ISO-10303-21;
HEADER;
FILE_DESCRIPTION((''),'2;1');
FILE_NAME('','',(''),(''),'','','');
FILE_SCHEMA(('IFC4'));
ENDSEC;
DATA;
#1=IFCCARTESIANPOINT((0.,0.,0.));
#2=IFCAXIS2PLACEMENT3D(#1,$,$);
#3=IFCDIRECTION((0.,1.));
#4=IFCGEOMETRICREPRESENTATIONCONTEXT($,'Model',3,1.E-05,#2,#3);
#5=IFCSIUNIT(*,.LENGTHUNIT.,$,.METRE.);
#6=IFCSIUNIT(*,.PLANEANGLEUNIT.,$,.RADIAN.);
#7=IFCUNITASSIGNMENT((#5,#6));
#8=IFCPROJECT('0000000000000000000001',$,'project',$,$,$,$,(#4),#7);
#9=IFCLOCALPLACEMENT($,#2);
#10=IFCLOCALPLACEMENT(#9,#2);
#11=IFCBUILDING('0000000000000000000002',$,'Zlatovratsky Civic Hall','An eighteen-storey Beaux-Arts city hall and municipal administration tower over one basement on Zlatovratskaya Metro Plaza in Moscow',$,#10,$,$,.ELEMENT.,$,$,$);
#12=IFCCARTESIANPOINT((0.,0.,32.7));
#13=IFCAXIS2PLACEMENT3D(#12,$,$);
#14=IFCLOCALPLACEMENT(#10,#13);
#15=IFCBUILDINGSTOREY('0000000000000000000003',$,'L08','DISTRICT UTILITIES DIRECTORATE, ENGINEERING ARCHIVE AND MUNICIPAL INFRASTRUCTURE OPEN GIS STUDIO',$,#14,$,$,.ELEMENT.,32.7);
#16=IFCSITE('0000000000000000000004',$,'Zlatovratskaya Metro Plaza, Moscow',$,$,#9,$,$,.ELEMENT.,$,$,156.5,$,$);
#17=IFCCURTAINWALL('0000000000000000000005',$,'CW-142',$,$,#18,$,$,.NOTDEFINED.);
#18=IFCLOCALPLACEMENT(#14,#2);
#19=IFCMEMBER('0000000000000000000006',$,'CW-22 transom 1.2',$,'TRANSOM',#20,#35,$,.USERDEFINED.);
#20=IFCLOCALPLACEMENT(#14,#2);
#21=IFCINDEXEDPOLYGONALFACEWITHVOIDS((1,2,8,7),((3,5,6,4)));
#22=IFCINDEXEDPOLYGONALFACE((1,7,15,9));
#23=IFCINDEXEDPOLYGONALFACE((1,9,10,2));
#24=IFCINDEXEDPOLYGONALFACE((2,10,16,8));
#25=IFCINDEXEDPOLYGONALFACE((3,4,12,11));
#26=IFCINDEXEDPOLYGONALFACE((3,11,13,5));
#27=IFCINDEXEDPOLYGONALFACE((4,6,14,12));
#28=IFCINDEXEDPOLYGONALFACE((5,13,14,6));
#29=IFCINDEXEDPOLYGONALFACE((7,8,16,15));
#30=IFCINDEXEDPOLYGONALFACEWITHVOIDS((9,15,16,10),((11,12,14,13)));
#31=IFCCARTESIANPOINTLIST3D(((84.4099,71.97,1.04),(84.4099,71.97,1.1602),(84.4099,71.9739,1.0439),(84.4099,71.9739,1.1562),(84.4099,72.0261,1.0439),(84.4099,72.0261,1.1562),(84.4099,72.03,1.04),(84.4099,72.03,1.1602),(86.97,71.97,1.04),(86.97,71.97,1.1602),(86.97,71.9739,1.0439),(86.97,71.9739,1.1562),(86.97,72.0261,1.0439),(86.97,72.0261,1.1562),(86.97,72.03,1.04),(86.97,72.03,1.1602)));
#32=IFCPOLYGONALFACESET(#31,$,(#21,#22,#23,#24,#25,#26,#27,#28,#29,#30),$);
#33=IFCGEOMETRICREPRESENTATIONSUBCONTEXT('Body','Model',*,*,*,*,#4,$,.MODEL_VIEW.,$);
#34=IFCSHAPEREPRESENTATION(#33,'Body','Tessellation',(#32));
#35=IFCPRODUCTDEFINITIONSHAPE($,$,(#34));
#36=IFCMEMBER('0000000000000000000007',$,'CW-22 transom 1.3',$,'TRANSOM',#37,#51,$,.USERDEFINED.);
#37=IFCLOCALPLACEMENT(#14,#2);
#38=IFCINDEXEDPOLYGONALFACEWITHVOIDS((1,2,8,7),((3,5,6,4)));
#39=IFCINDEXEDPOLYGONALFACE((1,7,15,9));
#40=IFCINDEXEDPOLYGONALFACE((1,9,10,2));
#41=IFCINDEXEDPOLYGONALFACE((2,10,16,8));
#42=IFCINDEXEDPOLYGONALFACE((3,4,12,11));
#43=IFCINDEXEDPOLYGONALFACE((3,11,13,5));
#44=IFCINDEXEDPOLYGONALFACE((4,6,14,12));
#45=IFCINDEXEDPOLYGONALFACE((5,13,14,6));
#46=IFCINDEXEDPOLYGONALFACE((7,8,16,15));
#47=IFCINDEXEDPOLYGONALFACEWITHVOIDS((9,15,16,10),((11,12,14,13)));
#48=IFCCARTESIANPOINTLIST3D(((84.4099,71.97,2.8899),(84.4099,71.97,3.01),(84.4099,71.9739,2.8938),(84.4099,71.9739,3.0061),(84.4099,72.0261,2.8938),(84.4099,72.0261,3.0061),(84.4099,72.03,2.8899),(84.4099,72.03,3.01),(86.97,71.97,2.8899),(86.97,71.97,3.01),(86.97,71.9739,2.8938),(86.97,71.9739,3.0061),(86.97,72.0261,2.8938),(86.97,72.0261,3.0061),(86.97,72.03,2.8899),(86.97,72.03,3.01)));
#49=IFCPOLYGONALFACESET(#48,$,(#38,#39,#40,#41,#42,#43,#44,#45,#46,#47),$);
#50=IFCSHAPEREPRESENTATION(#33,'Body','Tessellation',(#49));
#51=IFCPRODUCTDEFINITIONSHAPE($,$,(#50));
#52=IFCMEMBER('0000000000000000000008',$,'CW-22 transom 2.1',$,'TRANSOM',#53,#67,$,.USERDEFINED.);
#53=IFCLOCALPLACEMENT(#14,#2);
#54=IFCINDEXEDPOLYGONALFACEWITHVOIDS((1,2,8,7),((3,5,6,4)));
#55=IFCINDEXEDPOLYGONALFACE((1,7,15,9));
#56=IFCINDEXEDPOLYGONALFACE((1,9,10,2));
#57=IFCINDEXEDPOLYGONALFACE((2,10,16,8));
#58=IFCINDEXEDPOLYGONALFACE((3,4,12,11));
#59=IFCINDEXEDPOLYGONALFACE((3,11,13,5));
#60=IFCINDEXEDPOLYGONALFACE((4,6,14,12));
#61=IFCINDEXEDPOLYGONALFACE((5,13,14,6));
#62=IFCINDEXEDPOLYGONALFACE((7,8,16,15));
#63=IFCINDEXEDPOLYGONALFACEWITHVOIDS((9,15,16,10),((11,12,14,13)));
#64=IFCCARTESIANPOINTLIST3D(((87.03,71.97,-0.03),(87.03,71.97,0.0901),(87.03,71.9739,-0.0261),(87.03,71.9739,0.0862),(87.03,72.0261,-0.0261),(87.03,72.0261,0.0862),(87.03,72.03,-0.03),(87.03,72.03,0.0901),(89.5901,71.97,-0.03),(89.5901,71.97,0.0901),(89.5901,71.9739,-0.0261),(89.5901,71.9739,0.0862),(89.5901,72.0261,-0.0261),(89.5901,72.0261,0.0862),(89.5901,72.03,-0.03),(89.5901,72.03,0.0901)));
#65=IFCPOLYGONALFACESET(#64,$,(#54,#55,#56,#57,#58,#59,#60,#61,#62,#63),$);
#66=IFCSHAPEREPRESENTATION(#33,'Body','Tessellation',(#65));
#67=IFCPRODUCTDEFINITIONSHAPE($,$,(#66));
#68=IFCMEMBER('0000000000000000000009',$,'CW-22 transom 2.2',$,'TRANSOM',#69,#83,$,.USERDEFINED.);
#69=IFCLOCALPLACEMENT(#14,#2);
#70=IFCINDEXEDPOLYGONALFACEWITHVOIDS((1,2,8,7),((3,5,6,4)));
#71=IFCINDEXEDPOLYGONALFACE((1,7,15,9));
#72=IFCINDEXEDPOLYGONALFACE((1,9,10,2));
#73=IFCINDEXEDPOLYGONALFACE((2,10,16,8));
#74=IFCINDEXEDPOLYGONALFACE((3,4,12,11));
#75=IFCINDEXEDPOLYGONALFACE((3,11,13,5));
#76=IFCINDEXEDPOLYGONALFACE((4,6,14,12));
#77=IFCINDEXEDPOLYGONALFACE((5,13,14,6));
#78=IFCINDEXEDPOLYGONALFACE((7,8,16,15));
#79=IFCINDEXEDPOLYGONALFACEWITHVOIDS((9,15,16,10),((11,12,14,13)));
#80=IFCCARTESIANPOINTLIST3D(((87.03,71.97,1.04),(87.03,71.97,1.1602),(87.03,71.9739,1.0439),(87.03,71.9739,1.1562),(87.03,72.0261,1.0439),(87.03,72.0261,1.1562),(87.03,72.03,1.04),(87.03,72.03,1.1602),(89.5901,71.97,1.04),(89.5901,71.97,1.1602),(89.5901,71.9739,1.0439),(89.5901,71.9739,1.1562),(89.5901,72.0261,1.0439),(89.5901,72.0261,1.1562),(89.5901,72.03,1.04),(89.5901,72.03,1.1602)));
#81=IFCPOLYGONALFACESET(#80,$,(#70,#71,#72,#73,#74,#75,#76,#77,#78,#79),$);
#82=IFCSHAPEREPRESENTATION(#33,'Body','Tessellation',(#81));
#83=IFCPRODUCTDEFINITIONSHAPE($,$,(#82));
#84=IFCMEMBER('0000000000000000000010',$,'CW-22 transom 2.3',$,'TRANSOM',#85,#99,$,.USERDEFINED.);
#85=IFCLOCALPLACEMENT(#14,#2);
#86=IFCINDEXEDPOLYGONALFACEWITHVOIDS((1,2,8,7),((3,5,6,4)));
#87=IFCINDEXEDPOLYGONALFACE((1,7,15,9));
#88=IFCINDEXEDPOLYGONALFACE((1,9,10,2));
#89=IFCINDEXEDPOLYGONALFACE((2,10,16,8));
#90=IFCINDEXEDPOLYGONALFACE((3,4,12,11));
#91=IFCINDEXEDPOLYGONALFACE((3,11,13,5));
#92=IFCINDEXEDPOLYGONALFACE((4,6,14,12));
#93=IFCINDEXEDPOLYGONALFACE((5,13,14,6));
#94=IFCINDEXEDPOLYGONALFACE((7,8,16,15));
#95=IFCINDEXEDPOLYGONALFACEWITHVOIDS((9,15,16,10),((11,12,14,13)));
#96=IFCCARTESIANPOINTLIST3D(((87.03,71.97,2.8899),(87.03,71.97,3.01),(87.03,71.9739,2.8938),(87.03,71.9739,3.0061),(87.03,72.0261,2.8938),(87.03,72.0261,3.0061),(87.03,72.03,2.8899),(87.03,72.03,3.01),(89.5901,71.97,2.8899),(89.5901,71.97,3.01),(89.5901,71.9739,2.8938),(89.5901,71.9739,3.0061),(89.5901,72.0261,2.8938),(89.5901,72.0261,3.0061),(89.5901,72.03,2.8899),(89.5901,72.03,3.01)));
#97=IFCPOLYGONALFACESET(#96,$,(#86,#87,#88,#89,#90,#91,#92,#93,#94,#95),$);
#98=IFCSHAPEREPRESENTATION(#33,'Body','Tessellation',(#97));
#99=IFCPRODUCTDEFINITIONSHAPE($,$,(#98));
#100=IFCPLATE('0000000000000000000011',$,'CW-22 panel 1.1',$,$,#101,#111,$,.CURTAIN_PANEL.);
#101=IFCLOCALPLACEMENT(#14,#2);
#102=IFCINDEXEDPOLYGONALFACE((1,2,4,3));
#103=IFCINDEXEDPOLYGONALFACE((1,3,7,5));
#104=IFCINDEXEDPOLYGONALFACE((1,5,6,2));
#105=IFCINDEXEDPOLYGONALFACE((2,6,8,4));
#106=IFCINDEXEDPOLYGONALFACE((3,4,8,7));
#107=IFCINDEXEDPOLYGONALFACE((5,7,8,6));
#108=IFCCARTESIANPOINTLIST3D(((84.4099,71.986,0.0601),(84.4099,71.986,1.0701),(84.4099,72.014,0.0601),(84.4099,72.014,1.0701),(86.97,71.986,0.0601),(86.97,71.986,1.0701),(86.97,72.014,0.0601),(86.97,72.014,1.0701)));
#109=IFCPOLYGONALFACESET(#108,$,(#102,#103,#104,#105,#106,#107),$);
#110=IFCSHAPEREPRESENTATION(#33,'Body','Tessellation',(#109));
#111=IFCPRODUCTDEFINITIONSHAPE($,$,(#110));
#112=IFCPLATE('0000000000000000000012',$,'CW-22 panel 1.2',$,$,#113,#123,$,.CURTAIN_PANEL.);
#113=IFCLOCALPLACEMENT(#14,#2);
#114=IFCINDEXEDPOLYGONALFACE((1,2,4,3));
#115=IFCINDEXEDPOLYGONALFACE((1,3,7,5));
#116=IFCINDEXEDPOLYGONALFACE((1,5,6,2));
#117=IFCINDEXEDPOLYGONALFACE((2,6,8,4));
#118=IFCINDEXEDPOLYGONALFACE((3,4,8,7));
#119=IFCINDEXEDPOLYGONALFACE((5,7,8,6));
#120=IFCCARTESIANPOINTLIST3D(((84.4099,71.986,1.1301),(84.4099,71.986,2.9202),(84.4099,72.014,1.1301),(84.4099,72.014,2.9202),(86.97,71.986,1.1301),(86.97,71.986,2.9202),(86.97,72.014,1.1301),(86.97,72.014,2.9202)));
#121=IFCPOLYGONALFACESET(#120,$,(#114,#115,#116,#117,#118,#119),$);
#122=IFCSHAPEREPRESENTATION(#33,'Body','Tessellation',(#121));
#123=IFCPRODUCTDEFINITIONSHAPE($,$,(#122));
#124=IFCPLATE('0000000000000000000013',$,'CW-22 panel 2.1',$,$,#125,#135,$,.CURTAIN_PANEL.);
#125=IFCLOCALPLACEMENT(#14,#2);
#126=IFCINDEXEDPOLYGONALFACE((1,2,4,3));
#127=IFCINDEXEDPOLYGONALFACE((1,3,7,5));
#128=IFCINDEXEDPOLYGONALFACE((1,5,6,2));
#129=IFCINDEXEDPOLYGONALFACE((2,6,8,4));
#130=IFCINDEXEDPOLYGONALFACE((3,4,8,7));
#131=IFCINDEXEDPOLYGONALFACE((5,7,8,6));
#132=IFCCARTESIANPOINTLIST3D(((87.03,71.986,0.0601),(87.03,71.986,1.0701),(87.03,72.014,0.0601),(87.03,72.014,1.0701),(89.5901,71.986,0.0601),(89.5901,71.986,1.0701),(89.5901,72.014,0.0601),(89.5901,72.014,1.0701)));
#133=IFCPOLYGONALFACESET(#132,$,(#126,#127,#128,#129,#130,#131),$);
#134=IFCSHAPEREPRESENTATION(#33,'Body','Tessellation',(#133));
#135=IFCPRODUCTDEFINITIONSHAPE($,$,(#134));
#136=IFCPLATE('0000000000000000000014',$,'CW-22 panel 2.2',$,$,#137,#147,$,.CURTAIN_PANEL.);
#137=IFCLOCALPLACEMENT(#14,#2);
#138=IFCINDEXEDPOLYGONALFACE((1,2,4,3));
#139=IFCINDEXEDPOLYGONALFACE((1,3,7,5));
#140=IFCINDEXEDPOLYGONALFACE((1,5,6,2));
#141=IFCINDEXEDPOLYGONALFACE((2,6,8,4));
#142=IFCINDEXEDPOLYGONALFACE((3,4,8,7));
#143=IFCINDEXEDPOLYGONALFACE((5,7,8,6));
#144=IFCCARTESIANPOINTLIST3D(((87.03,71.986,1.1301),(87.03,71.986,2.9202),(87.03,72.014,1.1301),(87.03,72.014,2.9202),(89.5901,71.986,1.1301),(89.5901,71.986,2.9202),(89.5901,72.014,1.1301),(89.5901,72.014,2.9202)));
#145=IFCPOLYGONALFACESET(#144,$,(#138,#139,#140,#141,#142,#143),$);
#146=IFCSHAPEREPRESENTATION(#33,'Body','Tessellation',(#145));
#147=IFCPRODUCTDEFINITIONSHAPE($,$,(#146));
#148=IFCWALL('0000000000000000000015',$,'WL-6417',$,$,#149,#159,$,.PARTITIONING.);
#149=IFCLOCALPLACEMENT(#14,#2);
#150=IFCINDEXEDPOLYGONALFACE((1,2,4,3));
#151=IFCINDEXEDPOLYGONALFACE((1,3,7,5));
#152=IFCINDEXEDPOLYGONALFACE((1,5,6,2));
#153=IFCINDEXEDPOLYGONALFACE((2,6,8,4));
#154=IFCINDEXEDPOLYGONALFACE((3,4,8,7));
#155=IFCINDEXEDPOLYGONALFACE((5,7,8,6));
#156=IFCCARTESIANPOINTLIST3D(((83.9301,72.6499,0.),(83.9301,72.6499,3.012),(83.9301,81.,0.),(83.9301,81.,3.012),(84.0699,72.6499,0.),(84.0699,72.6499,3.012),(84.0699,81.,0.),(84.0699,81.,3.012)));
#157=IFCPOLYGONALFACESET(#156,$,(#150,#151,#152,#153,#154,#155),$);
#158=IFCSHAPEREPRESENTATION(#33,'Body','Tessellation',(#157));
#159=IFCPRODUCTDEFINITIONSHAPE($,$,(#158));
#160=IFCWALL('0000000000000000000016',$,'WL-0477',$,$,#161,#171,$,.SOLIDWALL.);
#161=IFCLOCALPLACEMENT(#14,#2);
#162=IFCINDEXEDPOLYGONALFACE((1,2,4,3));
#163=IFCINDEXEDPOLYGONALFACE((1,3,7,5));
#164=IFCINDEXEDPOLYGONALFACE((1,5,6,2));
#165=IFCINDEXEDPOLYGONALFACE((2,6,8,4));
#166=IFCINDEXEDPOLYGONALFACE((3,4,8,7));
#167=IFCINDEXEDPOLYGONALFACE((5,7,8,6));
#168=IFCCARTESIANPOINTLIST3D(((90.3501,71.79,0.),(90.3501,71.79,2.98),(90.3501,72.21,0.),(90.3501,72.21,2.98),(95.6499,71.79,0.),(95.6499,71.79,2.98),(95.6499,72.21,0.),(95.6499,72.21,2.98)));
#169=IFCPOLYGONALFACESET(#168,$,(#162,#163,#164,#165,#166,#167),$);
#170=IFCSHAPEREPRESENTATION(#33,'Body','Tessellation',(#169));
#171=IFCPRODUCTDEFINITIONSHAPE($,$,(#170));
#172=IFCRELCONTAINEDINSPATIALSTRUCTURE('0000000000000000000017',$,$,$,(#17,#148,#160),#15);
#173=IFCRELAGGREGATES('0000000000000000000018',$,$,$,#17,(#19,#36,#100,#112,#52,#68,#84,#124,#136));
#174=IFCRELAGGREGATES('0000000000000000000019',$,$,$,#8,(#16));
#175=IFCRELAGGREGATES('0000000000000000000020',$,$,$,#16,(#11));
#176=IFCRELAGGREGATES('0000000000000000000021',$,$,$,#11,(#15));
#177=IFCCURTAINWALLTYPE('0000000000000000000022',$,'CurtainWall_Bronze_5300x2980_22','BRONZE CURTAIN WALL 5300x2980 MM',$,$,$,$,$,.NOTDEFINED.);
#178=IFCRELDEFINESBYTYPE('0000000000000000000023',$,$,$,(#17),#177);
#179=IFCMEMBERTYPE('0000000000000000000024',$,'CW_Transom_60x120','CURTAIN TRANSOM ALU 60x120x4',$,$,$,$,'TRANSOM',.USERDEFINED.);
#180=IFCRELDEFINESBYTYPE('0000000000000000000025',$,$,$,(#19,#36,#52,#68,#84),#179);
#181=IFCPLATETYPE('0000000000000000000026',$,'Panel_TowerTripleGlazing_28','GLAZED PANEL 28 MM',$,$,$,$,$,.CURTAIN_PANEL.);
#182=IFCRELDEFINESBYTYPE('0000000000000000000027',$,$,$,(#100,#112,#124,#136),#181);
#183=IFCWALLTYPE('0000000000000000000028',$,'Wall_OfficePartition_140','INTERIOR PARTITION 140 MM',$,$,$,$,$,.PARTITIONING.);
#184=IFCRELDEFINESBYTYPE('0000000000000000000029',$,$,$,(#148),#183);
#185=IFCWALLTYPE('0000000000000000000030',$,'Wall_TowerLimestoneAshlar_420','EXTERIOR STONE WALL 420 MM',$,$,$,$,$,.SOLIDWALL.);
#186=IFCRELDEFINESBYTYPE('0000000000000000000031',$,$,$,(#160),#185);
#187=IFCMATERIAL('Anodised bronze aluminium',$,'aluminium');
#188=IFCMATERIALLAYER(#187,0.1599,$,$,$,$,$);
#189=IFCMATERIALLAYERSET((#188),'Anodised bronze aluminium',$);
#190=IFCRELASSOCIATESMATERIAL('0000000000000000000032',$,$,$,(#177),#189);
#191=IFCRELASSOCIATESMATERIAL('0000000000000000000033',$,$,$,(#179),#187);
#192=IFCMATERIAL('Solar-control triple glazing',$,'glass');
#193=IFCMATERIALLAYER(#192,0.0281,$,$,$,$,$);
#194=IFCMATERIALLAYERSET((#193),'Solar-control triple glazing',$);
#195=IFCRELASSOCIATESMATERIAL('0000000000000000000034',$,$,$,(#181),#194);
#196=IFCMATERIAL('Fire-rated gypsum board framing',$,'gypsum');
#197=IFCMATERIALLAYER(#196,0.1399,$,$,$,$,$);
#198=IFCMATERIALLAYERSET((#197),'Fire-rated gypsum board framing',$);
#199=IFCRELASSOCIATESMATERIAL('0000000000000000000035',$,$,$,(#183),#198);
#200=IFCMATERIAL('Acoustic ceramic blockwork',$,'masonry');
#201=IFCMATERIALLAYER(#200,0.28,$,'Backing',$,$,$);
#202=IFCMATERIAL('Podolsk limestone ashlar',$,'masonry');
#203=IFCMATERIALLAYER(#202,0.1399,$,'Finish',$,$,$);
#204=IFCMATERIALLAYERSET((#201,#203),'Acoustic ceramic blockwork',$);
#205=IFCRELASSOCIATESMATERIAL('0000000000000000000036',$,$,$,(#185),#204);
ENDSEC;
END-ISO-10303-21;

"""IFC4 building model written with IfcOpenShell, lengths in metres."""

from ifc_helpers import new_model, si_unit, direction, frame, frame_2d, origin, origin_2d, place, context, subcontext, project, spatial, rectangle, hollow_rectangle, extrude, material, layer, layer_set, material_profile, profile_set, type_object, element, aggregate, save


model = new_model("IFC4")

# Units and contexts
model_context = context("Model", 3, precision=1e-05, world=origin(), true_north=direction((0.0, 1.0)))
body_context = subcontext(model_context, "Body", "Model", "MODEL_VIEW")
ifc_project = project(units=[si_unit("LENGTHUNIT", "METRE"), si_unit("PLANEANGLEUNIT", "RADIAN")], contexts=[model_context])

# Site, building, storey
site_placement = place(None, origin())
site = spatial("IfcSite", under=ifc_project, at=site_placement, Name="Zlatovratskaya Metro Plaza, Moscow", CompositionType="ELEMENT", RefElevation=156.5)
building_placement = place(site_placement, origin())
building = spatial("IfcBuilding", under=site, at=building_placement, Name="Zlatovratsky Civic Hall", Description="An eighteen-storey Beaux-Arts city hall and municipal administration tower over one basement on Zlatovratskaya Metro Plaza in Moscow", CompositionType="ELEMENT")
storey_placement = place(building_placement, frame((0.0, 0.0, 32.7)))
storey = spatial("IfcBuildingStorey", under=building, at=storey_placement, Name="L08", Description="DISTRICT UTILITIES DIRECTORATE, ENGINEERING ARCHIVE AND MUNICIPAL INFRASTRUCTURE OPEN GIS STUDIO", CompositionType="ELEMENT", Elevation=32.7)

# Shared definitions
ifc_material_1 = material(Name="Anodised bronze aluminium", Category="aluminium")
ifc_layer_1 = layer(ifc_material_1, 0.1599)
ifc_layer_set_1 = layer_set([ifc_layer_1], Name="Anodised bronze aluminium")
curtain_wall_type = type_object("IfcCurtainWallType", Name="CurtainWall_Bronze_5300x2980_22", Description="BRONZE CURTAIN WALL 5300x2980 MM", PredefinedType="NOTDEFINED", material=ifc_layer_set_1)

# Curtain wall, members, plates
curtain_wall_1_placement = place(storey_placement, origin())
curtain_wall_1 = element("IfcCurtainWall", 1, at=curtain_wall_1_placement, inside=storey, type_object=curtain_wall_type, Name="CW-142", PredefinedType="NOTDEFINED")
ifc_material_profile_1 = material_profile(ifc_material_1, hollow_rectangle(XDim=0.0601, YDim=0.1201, WallThickness=0.0039, at=origin_2d()), Name="ALU 60x120x4")
ifc_profile_set_1 = profile_set([ifc_material_profile_1], Name="Anodised bronze aluminium")
member_type_1 = type_object("IfcMemberType", Name="CW_Transom_60x120", Description="CURTAIN TRANSOM ALU 60x120x4", ElementType="TRANSOM", PredefinedType="USERDEFINED", material=ifc_profile_set_1)
member_1_placement = place(storey_placement, frame((84.4099, 72.0, 1.1001), z_axis=(1.0, 0.0, 0.0), x_axis=(0.0, 1.0, 0.0)))
member_1 = element("IfcMember", 2, at=member_1_placement, type_object=member_type_1, Name="CW-22 transom 1.2", ObjectType="TRANSOM", PredefinedType="USERDEFINED", context=body_context, shape_type="SweptSolid", body=[
    extrude(hollow_rectangle(XDim=0.0601, YDim=0.1201, WallThickness=0.0039, at=origin_2d()), origin(), (0.0, 0.0, 1.0), 2.5601),
])
member_2_placement = place(storey_placement, frame((84.4099, 72.0, 2.95), z_axis=(1.0, 0.0, 0.0), x_axis=(0.0, 1.0, 0.0)))
member_2 = element("IfcMember", 3, at=member_2_placement, type_object=member_type_1, Name="CW-22 transom 1.3", ObjectType="TRANSOM", PredefinedType="USERDEFINED", context=body_context, shape_type="SweptSolid", body=[
    extrude(hollow_rectangle(XDim=0.0601, YDim=0.1201, WallThickness=0.0039, at=origin_2d()), origin(), (0.0, 0.0, 1.0), 2.5601),
])
member_3_placement = place(storey_placement, frame((87.03, 72.0, 0.03), z_axis=(1.0, 0.0, 0.0), x_axis=(0.0, 1.0, 0.0)))
member_3 = element("IfcMember", 4, at=member_3_placement, type_object=member_type_1, Name="CW-22 transom 2.1", ObjectType="TRANSOM", PredefinedType="USERDEFINED", context=body_context, shape_type="SweptSolid", body=[
    extrude(hollow_rectangle(XDim=0.0601, YDim=0.1201, WallThickness=0.0039, at=origin_2d()), origin(), (0.0, 0.0, 1.0), 2.5601),
])
member_4_placement = place(storey_placement, frame((87.03, 72.0, 1.1001), z_axis=(1.0, 0.0, 0.0), x_axis=(0.0, 1.0, 0.0)))
member_4 = element("IfcMember", 5, at=member_4_placement, type_object=member_type_1, Name="CW-22 transom 2.2", ObjectType="TRANSOM", PredefinedType="USERDEFINED", context=body_context, shape_type="SweptSolid", body=[
    extrude(hollow_rectangle(XDim=0.0601, YDim=0.1201, WallThickness=0.0039, at=origin_2d()), origin(), (0.0, 0.0, 1.0), 2.5601),
])
member_5_placement = place(storey_placement, frame((87.03, 72.0, 2.95), z_axis=(1.0, 0.0, 0.0), x_axis=(0.0, 1.0, 0.0)))
member_5 = element("IfcMember", 6, at=member_5_placement, type_object=member_type_1, Name="CW-22 transom 2.3", ObjectType="TRANSOM", PredefinedType="USERDEFINED", context=body_context, shape_type="SweptSolid", body=[
    extrude(hollow_rectangle(XDim=0.0601, YDim=0.1201, WallThickness=0.0039, at=origin_2d()), origin(), (0.0, 0.0, 1.0), 2.5601),
])
ifc_material_2 = material(Name="Solar-control triple glazing", Category="glass")
ifc_layer_2 = layer(ifc_material_2, 0.0281)
ifc_layer_set_2 = layer_set([ifc_layer_2], Name="Solar-control triple glazing")
plate_type = type_object("IfcPlateType", Name="Panel_TowerTripleGlazing_28", Description="GLAZED PANEL 28 MM", PredefinedType="CURTAIN_PANEL", material=ifc_layer_set_2)
plate_1_placement = place(storey_placement, frame((85.6899, 72.0, 0.0601), z_axis=(0.0, 0.0, 1.0), x_axis=(1.0, 0.0, 0.0)))
plate_1 = element("IfcPlate", 7, at=plate_1_placement, type_object=plate_type, Name="CW-22 panel 1.1", PredefinedType="CURTAIN_PANEL", context=body_context, shape_type="SweptSolid", body=[
    extrude(rectangle(XDim=2.5601, YDim=0.0281, at=origin_2d()), origin(), (0.0, 0.0, 1.0), 1.01),
])
plate_2_placement = place(storey_placement, frame((85.6899, 72.0, 1.1301), z_axis=(0.0, 0.0, 1.0), x_axis=(1.0, 0.0, 0.0)))
plate_2 = element("IfcPlate", 8, at=plate_2_placement, type_object=plate_type, Name="CW-22 panel 1.2", PredefinedType="CURTAIN_PANEL", context=body_context, shape_type="SweptSolid", body=[
    extrude(rectangle(XDim=2.5601, YDim=0.0281, at=origin_2d()), origin(), (0.0, 0.0, 1.0), 1.79),
])
plate_3_placement = place(storey_placement, frame((88.3101, 72.0, 0.0601), z_axis=(0.0, 0.0, 1.0), x_axis=(1.0, 0.0, 0.0)))
plate_3 = element("IfcPlate", 9, at=plate_3_placement, type_object=plate_type, Name="CW-22 panel 2.1", PredefinedType="CURTAIN_PANEL", context=body_context, shape_type="SweptSolid", body=[
    extrude(rectangle(XDim=2.5601, YDim=0.0281, at=origin_2d()), origin(), (0.0, 0.0, 1.0), 1.01),
])
plate_4_placement = place(storey_placement, frame((88.3101, 72.0, 1.1301), z_axis=(0.0, 0.0, 1.0), x_axis=(1.0, 0.0, 0.0)))
plate_4 = element("IfcPlate", 10, at=plate_4_placement, type_object=plate_type, Name="CW-22 panel 2.2", PredefinedType="CURTAIN_PANEL", context=body_context, shape_type="SweptSolid", body=[
    extrude(rectangle(XDim=2.5601, YDim=0.0281, at=origin_2d()), origin(), (0.0, 0.0, 1.0), 1.79),
])
aggregate(curtain_wall_1, [member_1, member_2, plate_1, plate_2, member_3, member_4, member_5, plate_3, plate_4])

# Walls
ifc_material_3 = material(Name="Fire-rated gypsum board framing", Category="gypsum")
ifc_layer_3 = layer(ifc_material_3, 0.1399)
ifc_layer_set_3 = layer_set([ifc_layer_3], Name="Fire-rated gypsum board framing")
wall_type_1 = type_object("IfcWallType", Name="Wall_OfficePartition_140", Description="INTERIOR PARTITION 140 MM", PredefinedType="PARTITIONING", material=ifc_layer_set_3)
wall_1_placement = place(storey_placement, frame((84.0, 72.6499, 0.0), z_axis=(0.0, 0.0, 1.0), x_axis=(0.0, 1.0, 0.0)))
element("IfcWall", 11, at=wall_1_placement, inside=storey, type_object=wall_type_1, Name="WL-6417", PredefinedType="PARTITIONING", context=body_context, shape_type="SweptSolid", body=[
    extrude(rectangle(XDim=8.3501, YDim=0.1399, at=frame_2d((4.175, 0.0))), origin(), (0.0, 0.0, 1.0), 3.012),
])
ifc_material_4 = material(Name="Acoustic ceramic blockwork", Category="masonry")
ifc_layer_4 = layer(ifc_material_4, 0.28, Name="Backing")
ifc_material_5 = material(Name="Podolsk limestone ashlar", Category="masonry")
ifc_layer_5 = layer(ifc_material_5, 0.1399, Name="Finish")
ifc_layer_set_4 = layer_set([ifc_layer_4, ifc_layer_5], Name="Acoustic ceramic blockwork")
wall_type_2 = type_object("IfcWallType", Name="Wall_TowerLimestoneAshlar_420", Description="EXTERIOR STONE WALL 420 MM", PredefinedType="SOLIDWALL", material=ifc_layer_set_4)
wall_2_placement = place(storey_placement, frame((90.3501, 72.0, 0.0), z_axis=(0.0, 0.0, 1.0), x_axis=(1.0, 0.0, 0.0)))
element("IfcWall", 12, at=wall_2_placement, inside=storey, type_object=wall_type_2, Name="WL-0477", PredefinedType="SOLIDWALL", context=body_context, shape_type="SweptSolid", body=[
    extrude(rectangle(XDim=5.2998, YDim=0.4199, at=frame_2d((2.6499, 0.0))), origin(), (0.0, 0.0, 1.0), 2.98),
])

save(model, "model.ifc")
